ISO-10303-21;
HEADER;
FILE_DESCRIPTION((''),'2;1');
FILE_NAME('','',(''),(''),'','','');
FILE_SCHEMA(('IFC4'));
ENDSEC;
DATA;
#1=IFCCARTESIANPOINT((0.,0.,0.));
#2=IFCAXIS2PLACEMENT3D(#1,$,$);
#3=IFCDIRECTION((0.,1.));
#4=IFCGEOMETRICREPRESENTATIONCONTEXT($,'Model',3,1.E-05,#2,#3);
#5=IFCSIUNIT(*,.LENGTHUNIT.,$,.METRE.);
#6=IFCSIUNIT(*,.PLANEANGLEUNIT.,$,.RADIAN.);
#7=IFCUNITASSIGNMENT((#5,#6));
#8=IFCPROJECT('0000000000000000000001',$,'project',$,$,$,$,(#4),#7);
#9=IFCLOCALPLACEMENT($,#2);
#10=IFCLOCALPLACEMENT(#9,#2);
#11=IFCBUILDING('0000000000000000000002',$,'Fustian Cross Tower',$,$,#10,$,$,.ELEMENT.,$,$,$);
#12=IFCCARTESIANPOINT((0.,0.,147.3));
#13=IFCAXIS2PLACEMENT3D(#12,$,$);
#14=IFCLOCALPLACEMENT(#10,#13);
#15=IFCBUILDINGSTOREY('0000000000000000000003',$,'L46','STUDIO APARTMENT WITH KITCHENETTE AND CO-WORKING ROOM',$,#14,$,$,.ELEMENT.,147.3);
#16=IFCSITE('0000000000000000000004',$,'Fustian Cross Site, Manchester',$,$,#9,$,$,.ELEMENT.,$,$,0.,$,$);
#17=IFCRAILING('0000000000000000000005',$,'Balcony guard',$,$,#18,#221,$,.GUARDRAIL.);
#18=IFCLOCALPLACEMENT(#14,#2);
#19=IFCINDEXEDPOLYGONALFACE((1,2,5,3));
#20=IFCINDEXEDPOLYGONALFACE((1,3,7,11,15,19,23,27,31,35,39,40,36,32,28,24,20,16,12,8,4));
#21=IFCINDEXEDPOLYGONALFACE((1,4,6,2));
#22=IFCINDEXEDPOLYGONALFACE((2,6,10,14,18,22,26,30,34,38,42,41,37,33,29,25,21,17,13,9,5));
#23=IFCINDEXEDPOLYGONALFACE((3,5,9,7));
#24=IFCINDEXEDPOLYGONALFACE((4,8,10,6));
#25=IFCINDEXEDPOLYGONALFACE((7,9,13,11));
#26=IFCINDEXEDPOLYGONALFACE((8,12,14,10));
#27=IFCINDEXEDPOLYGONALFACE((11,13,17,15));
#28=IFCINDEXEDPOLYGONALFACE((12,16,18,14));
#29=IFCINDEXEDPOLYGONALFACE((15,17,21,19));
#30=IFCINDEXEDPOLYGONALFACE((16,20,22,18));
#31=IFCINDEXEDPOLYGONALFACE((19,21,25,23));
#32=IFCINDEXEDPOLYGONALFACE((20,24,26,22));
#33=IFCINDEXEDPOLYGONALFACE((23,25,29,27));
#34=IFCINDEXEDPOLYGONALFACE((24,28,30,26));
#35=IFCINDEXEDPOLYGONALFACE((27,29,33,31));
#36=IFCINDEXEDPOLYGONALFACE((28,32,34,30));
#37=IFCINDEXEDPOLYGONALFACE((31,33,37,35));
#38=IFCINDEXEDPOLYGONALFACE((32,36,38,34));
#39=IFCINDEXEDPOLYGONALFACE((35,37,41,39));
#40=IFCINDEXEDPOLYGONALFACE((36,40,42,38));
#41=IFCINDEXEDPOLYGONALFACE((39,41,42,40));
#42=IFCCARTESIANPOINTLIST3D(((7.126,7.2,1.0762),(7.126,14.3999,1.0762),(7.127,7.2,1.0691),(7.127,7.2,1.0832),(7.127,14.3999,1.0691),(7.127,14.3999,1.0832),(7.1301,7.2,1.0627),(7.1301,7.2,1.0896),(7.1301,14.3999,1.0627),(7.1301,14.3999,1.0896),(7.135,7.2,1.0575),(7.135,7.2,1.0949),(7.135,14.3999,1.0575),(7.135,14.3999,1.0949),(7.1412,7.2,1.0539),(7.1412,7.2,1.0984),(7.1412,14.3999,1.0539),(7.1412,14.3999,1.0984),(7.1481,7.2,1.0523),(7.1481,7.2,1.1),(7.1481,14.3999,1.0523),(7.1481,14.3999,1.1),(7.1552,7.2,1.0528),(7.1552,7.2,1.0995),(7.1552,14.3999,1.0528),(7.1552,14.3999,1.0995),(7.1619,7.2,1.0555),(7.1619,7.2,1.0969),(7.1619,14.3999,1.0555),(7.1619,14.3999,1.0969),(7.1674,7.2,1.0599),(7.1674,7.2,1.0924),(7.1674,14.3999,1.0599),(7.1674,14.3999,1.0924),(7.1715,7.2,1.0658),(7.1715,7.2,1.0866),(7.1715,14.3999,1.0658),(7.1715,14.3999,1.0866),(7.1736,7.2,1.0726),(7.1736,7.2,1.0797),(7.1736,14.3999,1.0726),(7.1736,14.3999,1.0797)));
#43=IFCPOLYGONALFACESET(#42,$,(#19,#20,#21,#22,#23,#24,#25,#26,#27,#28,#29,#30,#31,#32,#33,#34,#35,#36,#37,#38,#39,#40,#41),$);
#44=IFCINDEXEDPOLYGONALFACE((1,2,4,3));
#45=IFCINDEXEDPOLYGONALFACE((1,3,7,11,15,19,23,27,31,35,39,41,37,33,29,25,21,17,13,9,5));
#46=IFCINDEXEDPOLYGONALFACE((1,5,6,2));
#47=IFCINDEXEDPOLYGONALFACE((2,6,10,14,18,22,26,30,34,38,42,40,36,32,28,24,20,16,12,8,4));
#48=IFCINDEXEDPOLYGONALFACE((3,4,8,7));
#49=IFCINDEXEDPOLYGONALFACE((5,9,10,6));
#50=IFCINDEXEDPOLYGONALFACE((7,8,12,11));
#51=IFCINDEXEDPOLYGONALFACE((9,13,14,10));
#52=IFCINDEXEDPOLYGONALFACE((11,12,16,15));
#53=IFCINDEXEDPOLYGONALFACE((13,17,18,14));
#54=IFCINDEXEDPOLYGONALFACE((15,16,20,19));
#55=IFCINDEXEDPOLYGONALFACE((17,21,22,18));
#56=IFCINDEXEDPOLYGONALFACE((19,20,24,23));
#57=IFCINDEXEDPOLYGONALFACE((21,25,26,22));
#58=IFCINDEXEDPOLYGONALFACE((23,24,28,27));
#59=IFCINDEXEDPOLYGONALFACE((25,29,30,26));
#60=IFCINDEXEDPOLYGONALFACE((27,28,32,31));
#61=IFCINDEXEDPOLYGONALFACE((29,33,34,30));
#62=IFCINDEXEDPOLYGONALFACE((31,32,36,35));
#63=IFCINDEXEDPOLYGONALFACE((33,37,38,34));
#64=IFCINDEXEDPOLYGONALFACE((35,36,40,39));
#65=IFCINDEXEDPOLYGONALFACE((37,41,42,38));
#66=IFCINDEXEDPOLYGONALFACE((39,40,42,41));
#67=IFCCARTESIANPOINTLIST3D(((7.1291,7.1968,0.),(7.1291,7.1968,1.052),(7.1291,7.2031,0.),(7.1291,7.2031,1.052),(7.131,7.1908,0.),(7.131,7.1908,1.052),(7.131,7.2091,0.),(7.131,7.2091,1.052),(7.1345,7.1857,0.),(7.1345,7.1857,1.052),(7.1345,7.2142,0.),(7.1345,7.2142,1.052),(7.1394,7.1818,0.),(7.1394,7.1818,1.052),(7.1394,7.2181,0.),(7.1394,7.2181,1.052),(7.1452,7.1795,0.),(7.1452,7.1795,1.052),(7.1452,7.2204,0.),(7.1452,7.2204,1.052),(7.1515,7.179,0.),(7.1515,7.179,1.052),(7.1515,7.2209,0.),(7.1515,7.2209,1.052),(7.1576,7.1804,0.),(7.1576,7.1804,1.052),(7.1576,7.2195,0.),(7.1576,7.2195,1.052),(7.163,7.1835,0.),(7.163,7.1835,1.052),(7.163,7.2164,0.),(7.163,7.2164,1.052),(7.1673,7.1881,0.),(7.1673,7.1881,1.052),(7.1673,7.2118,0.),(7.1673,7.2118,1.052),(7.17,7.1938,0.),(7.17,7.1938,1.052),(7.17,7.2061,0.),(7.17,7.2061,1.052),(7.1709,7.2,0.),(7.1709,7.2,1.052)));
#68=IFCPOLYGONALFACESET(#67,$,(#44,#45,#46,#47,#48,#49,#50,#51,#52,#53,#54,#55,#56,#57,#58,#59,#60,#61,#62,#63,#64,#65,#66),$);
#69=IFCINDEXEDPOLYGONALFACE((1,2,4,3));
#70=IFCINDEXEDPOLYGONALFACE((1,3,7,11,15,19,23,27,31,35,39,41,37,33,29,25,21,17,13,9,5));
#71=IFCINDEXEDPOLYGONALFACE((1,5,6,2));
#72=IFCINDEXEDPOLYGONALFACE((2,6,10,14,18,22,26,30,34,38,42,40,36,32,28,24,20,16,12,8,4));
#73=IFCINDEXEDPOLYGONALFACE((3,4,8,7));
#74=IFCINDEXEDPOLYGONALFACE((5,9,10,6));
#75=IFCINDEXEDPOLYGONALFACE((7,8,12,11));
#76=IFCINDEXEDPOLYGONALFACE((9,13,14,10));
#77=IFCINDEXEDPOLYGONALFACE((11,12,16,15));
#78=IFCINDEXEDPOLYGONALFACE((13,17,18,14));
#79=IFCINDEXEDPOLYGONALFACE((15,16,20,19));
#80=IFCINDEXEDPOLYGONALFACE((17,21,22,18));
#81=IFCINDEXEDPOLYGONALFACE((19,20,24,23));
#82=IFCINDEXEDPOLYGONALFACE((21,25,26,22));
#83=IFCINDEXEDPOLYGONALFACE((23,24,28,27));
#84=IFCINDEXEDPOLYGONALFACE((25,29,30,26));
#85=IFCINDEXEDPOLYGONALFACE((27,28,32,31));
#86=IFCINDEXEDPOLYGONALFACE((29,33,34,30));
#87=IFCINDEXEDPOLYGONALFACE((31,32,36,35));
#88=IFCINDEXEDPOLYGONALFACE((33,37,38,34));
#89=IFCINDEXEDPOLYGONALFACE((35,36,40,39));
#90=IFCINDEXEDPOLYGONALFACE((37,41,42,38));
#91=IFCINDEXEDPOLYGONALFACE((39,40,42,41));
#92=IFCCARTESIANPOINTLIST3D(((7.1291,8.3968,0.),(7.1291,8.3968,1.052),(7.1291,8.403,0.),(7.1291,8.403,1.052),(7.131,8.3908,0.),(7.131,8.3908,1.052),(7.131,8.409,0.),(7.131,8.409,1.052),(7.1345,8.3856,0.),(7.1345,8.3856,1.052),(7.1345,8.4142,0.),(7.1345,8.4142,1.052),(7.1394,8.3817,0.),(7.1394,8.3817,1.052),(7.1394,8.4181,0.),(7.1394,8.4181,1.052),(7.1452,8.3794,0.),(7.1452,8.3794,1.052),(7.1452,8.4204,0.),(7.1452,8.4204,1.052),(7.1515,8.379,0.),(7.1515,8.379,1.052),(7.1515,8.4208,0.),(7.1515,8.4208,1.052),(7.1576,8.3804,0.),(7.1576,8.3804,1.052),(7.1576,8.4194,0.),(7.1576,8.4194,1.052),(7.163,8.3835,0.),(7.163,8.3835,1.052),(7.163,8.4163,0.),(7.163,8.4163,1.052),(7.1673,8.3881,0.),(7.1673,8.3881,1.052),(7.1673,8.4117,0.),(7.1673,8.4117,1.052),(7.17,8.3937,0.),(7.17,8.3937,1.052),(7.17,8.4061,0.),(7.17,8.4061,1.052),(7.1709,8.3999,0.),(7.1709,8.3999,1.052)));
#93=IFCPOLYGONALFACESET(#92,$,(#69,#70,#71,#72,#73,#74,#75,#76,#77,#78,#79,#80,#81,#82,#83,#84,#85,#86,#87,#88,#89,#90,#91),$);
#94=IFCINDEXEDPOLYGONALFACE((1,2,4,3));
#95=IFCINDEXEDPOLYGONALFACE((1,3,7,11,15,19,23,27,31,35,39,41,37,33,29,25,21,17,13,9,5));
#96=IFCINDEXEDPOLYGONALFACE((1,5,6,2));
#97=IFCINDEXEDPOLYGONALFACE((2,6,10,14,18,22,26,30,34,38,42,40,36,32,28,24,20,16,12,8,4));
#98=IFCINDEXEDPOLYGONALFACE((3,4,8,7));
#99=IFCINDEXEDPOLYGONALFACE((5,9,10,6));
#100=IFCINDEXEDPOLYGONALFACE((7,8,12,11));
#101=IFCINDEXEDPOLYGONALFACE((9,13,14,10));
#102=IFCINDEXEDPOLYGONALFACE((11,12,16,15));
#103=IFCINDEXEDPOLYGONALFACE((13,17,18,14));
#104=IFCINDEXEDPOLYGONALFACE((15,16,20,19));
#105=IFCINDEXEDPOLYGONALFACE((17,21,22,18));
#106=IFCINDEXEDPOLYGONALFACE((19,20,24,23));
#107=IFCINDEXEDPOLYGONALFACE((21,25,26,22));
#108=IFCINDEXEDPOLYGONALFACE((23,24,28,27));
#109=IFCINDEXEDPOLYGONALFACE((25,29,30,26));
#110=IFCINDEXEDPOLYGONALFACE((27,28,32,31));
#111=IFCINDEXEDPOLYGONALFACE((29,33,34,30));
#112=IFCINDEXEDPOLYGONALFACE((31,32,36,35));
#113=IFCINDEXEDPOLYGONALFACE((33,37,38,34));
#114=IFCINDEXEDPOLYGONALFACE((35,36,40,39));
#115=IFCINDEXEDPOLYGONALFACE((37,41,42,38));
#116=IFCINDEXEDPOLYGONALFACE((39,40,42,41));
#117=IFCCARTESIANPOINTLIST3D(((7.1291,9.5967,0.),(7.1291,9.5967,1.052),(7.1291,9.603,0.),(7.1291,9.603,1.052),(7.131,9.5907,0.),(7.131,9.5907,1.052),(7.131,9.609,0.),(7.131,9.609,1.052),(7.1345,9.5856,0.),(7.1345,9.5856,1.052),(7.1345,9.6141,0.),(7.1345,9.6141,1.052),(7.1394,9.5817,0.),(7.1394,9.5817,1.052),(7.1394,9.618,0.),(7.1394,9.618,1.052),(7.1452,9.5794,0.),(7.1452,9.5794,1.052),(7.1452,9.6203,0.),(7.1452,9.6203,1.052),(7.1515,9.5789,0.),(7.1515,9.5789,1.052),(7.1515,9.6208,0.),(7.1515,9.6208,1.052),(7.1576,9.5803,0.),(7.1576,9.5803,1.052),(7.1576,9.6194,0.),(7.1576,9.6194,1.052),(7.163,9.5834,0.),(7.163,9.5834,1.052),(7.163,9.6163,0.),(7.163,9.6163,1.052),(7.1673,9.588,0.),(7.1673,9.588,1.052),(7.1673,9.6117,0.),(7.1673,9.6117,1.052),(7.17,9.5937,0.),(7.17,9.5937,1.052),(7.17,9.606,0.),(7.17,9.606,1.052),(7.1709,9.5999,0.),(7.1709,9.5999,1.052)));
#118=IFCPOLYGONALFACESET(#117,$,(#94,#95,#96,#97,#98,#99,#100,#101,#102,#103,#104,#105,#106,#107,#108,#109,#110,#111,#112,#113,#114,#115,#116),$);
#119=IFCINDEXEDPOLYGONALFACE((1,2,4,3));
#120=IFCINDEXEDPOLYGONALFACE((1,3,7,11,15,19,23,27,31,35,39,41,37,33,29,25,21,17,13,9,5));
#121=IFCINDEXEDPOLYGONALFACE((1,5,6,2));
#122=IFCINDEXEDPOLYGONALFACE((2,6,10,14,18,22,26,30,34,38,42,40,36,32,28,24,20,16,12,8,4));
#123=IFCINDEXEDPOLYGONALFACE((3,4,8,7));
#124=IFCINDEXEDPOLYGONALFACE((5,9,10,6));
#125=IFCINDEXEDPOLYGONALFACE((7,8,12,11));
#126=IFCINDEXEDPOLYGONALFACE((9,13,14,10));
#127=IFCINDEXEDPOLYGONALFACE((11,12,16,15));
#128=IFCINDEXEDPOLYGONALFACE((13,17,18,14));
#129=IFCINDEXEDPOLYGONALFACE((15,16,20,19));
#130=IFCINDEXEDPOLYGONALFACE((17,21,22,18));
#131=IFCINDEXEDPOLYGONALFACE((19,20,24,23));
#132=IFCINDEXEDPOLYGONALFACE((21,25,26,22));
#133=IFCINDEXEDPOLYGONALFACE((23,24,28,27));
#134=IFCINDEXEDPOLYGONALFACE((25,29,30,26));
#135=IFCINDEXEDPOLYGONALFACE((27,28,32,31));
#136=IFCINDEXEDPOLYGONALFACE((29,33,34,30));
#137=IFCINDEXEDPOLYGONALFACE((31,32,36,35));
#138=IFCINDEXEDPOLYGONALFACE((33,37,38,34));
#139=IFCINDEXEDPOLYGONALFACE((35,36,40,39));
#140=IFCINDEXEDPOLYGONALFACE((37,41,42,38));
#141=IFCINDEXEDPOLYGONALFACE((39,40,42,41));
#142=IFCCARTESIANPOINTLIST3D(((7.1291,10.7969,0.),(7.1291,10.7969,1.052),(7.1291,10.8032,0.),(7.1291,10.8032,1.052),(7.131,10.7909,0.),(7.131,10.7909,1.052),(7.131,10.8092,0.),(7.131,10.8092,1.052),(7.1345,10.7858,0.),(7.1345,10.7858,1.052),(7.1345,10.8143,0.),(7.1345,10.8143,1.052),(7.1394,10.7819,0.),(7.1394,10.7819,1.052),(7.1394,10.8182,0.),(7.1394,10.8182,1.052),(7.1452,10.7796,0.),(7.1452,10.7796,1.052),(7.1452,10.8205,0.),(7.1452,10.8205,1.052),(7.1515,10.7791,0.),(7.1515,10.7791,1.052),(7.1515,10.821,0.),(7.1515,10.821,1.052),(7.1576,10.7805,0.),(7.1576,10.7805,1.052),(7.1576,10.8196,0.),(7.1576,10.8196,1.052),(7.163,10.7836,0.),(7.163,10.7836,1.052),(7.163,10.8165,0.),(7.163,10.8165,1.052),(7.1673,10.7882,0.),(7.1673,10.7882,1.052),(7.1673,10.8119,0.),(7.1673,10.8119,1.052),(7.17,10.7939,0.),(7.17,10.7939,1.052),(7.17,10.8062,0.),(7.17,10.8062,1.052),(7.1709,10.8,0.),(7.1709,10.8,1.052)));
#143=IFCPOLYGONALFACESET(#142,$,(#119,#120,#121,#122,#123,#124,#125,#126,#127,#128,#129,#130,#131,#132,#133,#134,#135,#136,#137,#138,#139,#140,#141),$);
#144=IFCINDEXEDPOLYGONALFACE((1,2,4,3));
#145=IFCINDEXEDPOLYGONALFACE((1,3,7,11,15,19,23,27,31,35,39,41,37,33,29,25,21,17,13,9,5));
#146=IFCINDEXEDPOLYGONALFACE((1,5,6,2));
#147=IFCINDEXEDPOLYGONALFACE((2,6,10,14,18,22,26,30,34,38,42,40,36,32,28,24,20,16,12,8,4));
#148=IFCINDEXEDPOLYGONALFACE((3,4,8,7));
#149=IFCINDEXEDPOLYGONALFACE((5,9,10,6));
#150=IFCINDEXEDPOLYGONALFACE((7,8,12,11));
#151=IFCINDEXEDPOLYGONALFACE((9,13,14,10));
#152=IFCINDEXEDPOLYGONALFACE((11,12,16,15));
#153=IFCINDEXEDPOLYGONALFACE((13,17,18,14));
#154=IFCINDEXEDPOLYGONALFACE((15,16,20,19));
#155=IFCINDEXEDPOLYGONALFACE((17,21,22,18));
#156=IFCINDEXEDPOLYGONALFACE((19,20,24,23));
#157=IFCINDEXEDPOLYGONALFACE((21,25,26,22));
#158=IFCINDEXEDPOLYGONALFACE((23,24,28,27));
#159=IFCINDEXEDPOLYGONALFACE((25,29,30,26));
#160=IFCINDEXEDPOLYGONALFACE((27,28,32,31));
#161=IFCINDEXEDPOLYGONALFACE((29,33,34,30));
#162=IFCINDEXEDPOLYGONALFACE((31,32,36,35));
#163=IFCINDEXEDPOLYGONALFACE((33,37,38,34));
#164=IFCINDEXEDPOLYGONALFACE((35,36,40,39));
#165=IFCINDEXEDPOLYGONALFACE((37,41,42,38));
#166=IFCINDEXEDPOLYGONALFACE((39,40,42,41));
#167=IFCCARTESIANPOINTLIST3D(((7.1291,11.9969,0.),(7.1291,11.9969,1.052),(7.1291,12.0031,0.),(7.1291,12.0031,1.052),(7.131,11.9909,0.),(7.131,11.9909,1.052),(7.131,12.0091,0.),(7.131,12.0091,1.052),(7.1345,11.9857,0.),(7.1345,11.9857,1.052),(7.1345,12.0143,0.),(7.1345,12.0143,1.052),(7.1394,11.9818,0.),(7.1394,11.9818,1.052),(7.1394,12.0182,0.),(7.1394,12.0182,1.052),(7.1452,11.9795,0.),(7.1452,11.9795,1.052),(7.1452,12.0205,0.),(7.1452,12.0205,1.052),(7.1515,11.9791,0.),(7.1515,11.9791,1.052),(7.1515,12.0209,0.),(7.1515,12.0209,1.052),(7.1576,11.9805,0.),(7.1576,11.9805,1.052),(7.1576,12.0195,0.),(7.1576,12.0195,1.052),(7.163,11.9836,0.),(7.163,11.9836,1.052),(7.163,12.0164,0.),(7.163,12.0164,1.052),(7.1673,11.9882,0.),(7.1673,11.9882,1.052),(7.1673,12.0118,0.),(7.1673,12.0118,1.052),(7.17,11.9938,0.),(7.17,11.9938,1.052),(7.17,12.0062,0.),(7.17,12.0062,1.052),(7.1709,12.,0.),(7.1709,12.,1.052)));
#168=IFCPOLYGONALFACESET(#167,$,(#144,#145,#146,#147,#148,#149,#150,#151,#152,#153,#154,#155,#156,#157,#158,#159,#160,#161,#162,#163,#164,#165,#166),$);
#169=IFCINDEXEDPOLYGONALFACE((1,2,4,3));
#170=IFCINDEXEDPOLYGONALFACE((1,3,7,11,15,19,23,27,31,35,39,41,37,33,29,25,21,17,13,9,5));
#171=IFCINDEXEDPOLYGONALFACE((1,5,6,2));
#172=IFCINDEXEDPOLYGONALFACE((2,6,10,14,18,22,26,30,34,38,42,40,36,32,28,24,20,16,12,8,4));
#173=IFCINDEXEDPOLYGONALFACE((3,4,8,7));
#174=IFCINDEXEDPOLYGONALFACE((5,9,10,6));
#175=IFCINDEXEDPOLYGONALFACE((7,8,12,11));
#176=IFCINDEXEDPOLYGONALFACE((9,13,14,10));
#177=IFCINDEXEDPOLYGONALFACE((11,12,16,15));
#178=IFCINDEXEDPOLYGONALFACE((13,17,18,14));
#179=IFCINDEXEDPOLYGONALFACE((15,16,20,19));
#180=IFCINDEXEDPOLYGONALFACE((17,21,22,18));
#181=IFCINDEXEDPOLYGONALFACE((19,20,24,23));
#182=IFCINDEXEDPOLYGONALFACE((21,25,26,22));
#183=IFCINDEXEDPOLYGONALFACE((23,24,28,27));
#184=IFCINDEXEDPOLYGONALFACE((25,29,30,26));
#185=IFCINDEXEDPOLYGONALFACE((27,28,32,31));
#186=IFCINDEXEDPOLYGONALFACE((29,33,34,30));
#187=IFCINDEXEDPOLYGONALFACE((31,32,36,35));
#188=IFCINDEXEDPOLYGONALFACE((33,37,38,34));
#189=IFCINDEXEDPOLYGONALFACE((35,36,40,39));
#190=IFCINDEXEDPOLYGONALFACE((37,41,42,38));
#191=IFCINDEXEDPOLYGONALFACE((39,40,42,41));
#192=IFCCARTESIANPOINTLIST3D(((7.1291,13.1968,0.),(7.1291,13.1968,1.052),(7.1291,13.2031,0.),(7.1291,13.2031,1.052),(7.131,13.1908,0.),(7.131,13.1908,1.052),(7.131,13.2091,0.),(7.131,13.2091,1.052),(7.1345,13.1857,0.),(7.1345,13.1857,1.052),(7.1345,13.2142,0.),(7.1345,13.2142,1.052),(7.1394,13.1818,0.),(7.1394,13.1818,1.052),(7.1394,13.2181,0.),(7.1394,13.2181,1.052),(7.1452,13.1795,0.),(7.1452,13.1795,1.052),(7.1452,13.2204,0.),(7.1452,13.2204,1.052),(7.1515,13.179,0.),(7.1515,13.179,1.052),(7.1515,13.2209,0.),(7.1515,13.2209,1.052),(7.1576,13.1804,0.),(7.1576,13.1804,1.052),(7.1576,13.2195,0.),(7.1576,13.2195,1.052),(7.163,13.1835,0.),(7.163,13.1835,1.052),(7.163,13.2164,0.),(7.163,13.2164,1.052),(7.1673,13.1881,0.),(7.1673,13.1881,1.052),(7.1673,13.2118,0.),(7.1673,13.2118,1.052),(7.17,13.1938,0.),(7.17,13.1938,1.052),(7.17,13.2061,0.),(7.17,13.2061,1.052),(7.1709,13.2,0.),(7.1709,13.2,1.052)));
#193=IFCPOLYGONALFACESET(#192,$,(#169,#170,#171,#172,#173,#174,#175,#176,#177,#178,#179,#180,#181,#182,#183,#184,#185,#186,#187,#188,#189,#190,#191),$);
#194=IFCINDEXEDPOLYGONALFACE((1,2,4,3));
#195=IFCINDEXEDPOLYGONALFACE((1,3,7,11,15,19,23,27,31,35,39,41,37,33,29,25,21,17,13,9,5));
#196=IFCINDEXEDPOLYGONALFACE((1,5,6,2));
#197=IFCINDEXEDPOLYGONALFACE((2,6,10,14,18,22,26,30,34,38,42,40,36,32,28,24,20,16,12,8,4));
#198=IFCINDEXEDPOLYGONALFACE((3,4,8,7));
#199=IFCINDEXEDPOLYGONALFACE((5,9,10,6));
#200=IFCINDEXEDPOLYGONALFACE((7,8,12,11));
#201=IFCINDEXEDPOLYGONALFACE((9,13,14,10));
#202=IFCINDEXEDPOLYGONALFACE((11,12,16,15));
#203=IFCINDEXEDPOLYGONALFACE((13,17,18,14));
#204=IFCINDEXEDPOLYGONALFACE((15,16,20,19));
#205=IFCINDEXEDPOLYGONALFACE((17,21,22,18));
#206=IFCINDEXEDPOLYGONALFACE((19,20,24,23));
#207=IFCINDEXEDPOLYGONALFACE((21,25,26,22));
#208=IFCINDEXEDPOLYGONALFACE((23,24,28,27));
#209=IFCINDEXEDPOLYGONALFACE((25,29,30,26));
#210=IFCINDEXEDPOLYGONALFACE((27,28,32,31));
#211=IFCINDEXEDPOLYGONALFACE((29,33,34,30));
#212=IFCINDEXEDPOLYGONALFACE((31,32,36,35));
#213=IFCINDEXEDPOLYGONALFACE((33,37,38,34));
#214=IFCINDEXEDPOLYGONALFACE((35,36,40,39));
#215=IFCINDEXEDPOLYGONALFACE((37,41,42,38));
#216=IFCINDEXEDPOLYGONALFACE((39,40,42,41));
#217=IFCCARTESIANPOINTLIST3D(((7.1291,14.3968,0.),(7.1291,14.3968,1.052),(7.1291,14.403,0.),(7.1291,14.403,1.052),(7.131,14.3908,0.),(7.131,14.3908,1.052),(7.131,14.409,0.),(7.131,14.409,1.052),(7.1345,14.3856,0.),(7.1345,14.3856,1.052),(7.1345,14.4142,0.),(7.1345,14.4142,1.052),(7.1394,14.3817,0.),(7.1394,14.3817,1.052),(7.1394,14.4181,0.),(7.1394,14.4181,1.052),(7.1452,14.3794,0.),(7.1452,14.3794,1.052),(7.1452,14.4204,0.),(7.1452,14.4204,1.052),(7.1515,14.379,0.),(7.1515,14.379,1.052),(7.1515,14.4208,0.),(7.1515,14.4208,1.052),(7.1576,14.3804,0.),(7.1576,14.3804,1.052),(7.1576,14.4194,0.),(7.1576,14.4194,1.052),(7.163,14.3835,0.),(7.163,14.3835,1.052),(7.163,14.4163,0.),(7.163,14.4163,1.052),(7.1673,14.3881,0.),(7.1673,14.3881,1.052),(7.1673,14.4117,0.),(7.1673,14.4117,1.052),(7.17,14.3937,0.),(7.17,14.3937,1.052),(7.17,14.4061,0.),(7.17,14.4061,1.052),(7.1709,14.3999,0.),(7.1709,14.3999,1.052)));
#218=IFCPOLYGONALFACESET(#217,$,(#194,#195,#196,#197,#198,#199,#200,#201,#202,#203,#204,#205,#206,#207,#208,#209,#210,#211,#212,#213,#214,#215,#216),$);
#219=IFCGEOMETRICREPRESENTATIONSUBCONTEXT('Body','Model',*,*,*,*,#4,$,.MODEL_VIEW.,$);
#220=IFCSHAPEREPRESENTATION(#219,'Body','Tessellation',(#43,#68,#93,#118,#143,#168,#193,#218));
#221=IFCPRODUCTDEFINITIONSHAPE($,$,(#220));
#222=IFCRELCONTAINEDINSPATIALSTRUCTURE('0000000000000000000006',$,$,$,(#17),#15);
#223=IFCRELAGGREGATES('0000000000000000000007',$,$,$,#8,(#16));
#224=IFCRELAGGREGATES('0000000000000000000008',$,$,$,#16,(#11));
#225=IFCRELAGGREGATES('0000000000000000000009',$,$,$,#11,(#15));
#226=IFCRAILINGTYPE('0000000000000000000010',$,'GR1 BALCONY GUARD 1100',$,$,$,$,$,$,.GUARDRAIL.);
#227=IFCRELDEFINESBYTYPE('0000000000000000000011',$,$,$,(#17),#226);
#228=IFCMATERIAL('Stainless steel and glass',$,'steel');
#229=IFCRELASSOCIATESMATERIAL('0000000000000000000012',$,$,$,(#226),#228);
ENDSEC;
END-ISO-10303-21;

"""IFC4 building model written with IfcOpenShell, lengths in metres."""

from ifc_helpers import new_model, si_unit, direction, frame, origin, origin_2d, place, context, subcontext, project, spatial, circle, extrude, material, type_object, element, save


model = new_model("IFC4")

# Units and contexts
model_context = context("Model", 3, precision=1e-05, world=origin(), true_north=direction((0.0, 1.0)))
body_context = subcontext(model_context, "Body", "Model", "MODEL_VIEW")
ifc_project = project(units=[si_unit("LENGTHUNIT", "METRE"), si_unit("PLANEANGLEUNIT", "RADIAN")], contexts=[model_context])

# Site, building, storey
site_placement = place(None, origin())
site = spatial("IfcSite", under=ifc_project, at=site_placement, Name="Fustian Cross Site, Manchester", CompositionType="ELEMENT", RefElevation=0.0)
building_placement = place(site_placement, origin())
building = spatial("IfcBuilding", under=site, at=building_placement, Name="Fustian Cross Tower", CompositionType="ELEMENT")
storey_placement = place(building_placement, frame((0.0, 0.0, 147.3)))
storey = spatial("IfcBuildingStorey", under=building, at=storey_placement, Name="L46", Description="STUDIO APARTMENT WITH KITCHENETTE AND CO-WORKING ROOM", CompositionType="ELEMENT", Elevation=147.3)

# Railing
ifc_material_1 = material(Name="Stainless steel and glass", Category="steel")
railing_type = type_object("IfcRailingType", Name="GR1 BALCONY GUARD 1100", PredefinedType="GUARDRAIL", material=ifc_material_1)
railing_placement = place(storey_placement, frame((7.1499, 7.2, 0.0)))
element("IfcRailing", 1, at=railing_placement, inside=storey, type_object=railing_type, Name="Balcony guard", PredefinedType="GUARDRAIL", context=body_context, shape_type="SweptSolid", body=[
    extrude(circle(Radius=0.0239, at=origin_2d()), frame((0.0, 0.0, 1.0762), z_axis=(0.0, 1.0, 0.0), x_axis=(-1.0, 0.0, 0.0)), (0.0, 0.0, 1.0), 7.2),
    extrude(circle(Radius=0.021, at=origin_2d()), origin(), (0.0, 0.0, 1.0), 1.052),
    extrude(circle(Radius=0.021, at=origin_2d()), frame((0.0, 1.2, 0.0)), (0.0, 0.0, 1.0), 1.052),
    extrude(circle(Radius=0.021, at=origin_2d()), frame((0.0, 2.3999, 0.0)), (0.0, 0.0, 1.0), 1.052),
    extrude(circle(Radius=0.021, at=origin_2d()), frame((0.0, 3.6001, 0.0)), (0.0, 0.0, 1.0), 1.052),
    extrude(circle(Radius=0.021, at=origin_2d()), frame((0.0, 4.8, 0.0)), (0.0, 0.0, 1.0), 1.052),
    extrude(circle(Radius=0.021, at=origin_2d()), frame((0.0, 6.0, 0.0)), (0.0, 0.0, 1.0), 1.052),
    extrude(circle(Radius=0.021, at=origin_2d()), frame((0.0, 7.2, 0.0)), (0.0, 0.0, 1.0), 1.052),
])

save(model, "model.ifc")
